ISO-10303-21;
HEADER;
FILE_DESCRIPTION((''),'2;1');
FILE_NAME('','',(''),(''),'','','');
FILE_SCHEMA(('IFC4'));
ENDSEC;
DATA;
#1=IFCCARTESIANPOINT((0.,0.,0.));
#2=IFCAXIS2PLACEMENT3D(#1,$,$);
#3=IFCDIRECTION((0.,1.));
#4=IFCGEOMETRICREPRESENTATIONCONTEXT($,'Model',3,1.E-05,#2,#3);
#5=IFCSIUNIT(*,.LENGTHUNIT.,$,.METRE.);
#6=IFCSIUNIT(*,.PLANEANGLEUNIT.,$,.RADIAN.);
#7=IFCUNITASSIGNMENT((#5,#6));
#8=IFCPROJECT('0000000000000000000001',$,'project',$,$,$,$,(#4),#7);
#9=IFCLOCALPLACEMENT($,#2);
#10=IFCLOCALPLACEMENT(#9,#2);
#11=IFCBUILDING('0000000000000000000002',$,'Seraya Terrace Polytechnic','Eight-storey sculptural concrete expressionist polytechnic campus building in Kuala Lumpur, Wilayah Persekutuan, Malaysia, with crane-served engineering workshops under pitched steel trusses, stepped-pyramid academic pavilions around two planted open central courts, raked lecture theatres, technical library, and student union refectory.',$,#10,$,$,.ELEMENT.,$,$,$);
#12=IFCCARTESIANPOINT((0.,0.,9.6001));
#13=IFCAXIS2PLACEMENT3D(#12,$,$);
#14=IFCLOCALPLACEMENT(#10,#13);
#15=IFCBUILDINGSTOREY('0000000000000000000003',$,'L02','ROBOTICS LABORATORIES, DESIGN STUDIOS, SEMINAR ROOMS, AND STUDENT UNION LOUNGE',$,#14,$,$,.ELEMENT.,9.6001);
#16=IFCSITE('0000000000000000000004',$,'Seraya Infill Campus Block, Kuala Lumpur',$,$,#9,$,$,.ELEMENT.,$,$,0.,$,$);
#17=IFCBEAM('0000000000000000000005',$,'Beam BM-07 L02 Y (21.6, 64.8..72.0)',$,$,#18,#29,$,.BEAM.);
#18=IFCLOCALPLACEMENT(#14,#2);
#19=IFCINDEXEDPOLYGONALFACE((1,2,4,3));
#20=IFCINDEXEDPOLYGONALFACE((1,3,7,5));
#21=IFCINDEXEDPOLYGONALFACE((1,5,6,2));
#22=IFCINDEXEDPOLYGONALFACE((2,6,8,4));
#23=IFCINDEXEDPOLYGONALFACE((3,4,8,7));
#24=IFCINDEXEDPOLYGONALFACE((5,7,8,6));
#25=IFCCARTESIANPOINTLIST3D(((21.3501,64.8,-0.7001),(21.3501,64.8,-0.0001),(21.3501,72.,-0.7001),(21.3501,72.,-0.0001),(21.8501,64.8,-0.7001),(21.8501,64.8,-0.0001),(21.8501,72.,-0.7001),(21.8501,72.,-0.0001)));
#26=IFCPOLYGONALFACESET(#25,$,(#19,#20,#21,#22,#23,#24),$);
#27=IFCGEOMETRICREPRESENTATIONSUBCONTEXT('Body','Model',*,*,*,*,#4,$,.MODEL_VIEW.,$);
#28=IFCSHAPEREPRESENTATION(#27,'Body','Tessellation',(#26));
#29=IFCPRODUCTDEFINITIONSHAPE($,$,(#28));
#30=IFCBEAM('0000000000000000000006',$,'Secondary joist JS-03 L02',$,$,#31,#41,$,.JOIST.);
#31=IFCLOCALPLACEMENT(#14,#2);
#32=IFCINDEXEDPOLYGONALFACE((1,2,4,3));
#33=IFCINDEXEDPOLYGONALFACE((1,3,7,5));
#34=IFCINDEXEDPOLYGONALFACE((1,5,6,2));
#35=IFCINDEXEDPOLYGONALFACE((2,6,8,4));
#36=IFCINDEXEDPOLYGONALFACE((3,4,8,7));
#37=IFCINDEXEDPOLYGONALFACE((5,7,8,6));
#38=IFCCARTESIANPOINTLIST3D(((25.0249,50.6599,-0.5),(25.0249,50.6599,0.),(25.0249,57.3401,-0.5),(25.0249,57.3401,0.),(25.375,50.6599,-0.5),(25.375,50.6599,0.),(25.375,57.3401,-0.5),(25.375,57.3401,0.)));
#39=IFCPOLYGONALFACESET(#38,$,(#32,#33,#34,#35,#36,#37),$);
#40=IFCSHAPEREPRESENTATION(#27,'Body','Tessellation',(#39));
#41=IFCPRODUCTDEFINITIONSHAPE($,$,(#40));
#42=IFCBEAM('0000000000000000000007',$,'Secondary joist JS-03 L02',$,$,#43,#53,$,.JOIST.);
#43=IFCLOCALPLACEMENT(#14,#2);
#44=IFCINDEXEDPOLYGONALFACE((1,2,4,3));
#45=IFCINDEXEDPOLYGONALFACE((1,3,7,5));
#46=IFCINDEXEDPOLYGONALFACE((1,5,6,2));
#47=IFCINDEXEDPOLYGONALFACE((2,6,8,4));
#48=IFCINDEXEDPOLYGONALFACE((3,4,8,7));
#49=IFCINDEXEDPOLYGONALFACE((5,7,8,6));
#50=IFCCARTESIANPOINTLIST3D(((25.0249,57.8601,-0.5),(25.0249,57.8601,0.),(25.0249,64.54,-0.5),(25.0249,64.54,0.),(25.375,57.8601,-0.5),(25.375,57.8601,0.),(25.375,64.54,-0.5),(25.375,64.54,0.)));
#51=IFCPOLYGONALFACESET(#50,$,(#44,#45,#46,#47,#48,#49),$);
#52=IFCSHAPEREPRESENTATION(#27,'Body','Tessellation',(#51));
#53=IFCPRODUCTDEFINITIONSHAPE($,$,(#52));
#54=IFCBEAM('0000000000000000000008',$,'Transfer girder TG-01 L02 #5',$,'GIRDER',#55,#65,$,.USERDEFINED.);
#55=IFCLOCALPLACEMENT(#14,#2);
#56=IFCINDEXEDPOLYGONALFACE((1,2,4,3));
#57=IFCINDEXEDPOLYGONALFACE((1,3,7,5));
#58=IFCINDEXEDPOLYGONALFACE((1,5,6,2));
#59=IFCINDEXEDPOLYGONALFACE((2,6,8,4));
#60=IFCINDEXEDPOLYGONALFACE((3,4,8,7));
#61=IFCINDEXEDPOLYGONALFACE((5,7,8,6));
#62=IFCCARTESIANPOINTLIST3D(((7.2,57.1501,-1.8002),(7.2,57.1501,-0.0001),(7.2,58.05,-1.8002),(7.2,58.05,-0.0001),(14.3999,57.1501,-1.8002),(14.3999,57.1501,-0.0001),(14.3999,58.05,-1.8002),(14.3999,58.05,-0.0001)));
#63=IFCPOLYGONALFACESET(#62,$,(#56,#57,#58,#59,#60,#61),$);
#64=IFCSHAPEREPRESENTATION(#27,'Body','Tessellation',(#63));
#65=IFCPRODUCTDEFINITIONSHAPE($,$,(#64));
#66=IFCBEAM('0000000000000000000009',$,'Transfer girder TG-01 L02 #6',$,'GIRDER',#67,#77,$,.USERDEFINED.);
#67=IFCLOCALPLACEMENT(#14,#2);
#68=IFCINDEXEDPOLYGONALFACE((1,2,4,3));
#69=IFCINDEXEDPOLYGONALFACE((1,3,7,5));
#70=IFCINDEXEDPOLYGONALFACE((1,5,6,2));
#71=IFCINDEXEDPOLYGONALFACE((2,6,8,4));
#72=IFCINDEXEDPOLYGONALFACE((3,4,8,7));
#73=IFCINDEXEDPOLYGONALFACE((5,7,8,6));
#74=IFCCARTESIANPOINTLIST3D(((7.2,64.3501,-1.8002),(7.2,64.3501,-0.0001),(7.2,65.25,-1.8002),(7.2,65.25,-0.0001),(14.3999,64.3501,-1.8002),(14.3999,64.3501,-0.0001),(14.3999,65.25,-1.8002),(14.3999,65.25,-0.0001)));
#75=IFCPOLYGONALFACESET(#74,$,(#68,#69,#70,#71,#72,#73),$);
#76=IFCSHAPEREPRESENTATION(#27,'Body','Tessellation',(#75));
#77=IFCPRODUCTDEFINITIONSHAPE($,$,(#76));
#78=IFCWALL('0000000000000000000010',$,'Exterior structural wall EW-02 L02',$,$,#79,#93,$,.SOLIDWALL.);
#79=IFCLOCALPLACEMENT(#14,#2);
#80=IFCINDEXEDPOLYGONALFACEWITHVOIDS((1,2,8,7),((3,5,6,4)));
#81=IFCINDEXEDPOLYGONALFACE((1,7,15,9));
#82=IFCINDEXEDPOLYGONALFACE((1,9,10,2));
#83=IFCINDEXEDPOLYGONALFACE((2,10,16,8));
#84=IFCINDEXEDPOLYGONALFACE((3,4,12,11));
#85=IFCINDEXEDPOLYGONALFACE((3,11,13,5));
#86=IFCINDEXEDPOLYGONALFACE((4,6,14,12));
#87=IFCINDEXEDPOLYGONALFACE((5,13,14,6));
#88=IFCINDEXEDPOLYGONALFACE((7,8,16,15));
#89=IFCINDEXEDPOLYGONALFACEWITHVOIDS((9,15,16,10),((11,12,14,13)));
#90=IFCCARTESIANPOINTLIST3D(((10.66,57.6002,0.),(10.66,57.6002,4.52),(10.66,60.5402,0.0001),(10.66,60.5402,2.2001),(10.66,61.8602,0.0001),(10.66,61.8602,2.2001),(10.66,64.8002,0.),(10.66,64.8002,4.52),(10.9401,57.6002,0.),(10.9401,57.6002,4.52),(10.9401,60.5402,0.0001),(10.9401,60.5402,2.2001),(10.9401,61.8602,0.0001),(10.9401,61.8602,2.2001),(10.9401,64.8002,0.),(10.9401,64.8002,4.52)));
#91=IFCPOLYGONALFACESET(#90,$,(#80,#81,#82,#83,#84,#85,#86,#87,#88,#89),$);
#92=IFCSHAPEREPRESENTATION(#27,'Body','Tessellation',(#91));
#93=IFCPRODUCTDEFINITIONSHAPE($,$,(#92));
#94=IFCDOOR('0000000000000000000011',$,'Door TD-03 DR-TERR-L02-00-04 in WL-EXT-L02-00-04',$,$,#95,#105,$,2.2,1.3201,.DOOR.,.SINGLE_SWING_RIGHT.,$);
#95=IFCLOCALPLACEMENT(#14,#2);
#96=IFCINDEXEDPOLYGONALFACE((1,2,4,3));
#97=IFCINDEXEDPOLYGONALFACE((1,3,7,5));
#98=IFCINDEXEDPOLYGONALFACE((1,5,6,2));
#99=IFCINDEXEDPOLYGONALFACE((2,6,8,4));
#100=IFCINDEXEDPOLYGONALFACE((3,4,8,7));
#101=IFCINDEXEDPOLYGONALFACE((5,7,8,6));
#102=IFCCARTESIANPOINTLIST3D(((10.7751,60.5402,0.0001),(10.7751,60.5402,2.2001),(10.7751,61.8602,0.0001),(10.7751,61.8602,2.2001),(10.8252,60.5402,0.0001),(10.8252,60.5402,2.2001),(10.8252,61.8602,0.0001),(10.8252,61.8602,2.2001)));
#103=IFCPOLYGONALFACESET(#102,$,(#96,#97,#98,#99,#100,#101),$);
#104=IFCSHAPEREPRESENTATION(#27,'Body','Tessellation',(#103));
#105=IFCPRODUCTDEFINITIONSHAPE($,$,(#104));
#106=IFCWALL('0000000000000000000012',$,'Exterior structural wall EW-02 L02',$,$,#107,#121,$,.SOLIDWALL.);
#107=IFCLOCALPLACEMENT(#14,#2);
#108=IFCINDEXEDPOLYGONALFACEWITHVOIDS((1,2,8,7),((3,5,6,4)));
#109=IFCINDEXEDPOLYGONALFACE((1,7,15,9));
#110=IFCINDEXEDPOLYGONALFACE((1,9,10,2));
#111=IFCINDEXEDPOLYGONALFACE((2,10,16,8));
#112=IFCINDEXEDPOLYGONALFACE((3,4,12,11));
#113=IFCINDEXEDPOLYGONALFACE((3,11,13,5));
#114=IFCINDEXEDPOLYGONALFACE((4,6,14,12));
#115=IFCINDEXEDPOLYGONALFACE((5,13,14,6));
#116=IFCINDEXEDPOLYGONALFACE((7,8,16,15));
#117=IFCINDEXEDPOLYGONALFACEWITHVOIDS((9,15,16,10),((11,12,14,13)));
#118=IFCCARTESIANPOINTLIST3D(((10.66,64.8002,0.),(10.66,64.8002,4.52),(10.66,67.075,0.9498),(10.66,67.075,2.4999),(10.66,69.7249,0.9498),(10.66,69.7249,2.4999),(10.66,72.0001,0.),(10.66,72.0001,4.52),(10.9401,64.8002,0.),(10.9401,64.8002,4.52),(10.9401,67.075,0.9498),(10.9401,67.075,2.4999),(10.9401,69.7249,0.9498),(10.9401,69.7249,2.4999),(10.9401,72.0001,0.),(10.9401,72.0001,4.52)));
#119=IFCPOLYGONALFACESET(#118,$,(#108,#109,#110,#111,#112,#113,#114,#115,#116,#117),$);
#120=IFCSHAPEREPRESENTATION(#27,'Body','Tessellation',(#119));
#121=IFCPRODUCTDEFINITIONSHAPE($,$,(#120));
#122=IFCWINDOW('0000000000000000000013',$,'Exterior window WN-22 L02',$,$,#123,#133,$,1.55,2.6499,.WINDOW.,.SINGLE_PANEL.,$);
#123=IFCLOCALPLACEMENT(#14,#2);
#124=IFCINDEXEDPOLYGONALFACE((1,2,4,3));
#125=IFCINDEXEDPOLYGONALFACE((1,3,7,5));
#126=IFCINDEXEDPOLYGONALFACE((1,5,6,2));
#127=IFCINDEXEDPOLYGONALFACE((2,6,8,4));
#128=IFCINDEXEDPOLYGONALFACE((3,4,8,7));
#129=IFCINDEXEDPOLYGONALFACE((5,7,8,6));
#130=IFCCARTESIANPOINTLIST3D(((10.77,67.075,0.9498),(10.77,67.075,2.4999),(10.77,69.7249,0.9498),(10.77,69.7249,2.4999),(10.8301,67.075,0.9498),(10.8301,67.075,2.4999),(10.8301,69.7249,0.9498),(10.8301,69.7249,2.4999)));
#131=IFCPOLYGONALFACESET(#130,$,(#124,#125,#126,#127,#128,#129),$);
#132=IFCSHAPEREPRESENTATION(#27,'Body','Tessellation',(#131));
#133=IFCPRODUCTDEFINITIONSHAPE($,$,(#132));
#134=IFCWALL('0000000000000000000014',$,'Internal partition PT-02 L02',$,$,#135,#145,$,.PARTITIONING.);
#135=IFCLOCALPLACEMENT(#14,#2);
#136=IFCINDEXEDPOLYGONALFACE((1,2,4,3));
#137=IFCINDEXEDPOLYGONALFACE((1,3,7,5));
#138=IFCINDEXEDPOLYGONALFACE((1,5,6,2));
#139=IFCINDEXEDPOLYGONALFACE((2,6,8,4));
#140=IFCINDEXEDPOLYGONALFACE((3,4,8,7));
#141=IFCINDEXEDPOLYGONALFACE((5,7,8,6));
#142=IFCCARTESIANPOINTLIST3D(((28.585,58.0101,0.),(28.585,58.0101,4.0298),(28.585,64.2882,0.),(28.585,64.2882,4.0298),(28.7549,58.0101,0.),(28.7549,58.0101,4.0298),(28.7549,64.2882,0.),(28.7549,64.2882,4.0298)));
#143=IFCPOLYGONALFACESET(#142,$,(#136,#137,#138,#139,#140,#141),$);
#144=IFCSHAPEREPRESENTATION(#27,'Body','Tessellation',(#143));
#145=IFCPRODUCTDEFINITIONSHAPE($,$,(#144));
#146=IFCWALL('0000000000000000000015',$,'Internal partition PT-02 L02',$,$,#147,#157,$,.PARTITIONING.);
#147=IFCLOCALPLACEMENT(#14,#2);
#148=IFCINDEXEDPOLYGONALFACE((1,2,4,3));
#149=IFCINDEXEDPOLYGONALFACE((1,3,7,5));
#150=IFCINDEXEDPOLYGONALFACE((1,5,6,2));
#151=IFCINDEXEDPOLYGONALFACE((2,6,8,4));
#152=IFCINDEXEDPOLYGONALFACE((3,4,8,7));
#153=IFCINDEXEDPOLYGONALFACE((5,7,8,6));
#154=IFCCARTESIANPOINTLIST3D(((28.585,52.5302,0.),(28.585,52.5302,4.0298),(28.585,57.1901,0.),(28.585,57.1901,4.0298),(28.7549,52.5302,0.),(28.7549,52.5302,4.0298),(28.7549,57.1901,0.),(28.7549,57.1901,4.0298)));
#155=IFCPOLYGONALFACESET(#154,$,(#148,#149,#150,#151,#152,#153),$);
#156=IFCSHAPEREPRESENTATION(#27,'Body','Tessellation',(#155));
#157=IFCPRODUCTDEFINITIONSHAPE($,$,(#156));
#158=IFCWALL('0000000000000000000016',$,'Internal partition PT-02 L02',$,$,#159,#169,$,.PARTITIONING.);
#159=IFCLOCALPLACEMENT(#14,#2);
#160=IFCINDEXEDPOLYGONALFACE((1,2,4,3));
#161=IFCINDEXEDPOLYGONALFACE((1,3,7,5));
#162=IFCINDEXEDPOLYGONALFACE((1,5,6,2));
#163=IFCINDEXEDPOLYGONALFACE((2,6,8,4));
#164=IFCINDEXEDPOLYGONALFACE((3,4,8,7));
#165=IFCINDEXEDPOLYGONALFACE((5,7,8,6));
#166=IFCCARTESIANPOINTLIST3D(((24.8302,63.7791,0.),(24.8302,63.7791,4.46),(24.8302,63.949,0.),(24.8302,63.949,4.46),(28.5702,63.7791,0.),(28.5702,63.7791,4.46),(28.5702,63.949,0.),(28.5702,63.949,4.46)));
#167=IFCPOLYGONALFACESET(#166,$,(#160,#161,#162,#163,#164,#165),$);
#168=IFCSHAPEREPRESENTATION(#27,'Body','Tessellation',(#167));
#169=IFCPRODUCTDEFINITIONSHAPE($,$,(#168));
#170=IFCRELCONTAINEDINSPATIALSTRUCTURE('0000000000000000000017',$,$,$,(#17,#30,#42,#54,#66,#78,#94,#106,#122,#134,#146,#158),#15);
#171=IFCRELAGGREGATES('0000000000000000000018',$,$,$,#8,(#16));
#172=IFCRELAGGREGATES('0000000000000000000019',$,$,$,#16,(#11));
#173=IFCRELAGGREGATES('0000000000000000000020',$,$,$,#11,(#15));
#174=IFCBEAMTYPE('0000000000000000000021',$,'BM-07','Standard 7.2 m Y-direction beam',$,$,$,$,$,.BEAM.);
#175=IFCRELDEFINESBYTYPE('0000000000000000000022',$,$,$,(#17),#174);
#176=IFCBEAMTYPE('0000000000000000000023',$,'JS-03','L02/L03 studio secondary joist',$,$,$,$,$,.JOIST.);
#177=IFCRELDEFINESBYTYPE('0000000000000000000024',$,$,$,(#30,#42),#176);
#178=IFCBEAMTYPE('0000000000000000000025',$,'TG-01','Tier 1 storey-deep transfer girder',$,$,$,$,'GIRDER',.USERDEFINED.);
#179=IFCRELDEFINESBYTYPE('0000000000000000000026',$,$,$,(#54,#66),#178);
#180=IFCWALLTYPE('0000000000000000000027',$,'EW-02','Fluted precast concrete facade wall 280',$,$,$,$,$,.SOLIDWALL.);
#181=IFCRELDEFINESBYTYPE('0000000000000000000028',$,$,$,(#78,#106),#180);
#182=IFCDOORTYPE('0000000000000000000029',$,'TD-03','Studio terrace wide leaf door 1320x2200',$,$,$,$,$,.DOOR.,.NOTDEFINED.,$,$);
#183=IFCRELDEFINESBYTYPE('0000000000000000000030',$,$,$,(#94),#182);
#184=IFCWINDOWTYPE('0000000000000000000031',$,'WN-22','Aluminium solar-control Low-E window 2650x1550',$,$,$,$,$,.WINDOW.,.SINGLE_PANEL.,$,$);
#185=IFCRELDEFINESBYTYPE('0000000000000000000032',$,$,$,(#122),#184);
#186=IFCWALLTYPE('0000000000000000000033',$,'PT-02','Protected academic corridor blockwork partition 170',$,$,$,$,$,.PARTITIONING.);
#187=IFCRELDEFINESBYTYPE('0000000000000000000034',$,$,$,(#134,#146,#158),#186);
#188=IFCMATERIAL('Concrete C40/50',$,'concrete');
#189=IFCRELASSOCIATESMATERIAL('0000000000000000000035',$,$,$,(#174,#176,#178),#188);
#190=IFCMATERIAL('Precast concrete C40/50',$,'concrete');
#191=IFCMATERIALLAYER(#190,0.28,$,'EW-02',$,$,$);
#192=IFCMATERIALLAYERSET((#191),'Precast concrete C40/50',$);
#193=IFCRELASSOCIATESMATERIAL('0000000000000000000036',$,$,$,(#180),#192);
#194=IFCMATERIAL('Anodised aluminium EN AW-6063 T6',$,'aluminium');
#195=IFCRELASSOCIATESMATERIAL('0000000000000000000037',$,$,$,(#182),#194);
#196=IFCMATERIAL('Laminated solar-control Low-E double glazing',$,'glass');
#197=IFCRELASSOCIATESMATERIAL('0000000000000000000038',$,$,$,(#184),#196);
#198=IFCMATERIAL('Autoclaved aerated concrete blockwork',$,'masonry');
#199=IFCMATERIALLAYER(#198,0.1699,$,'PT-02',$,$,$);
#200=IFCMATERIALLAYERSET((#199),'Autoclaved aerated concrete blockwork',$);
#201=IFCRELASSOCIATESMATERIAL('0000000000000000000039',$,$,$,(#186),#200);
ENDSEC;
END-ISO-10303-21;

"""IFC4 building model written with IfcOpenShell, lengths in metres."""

from ifc_helpers import new_model, si_unit, direction, frame, frame_2d, origin, origin_2d, place, context, subcontext, project, spatial, rectangle, extrude, material, layer, layer_set, material_profile, profile_set, type_object, element, fill, save


model = new_model("IFC4")

# Units and contexts
model_context = context("Model", 3, precision=1e-05, world=origin(), true_north=direction((0.0, 1.0)))
body_context = subcontext(model_context, "Body", "Model", "MODEL_VIEW")
ifc_project = project(units=[si_unit("LENGTHUNIT", "METRE"), si_unit("PLANEANGLEUNIT", "RADIAN")], contexts=[model_context])

# Site, building, storey
site_placement = place(None, origin())
site = spatial("IfcSite", under=ifc_project, at=site_placement, Name="Seraya Infill Campus Block, Kuala Lumpur", CompositionType="ELEMENT", RefElevation=0.0)
building_placement = place(site_placement, origin())
building = spatial("IfcBuilding", under=site, at=building_placement, Name="Seraya Terrace Polytechnic", Description="Eight-storey sculptural concrete expressionist polytechnic campus building in Kuala Lumpur, Wilayah Persekutuan, Malaysia, with crane-served engineering workshops under pitched steel trusses, stepped-pyramid academic pavilions around two planted open central courts, raked lecture theatres, technical library, and student union refectory.", CompositionType="ELEMENT")
storey_placement = place(building_placement, frame((0.0, 0.0, 9.6001)))
storey = spatial("IfcBuildingStorey", under=building, at=storey_placement, Name="L02", Description="ROBOTICS LABORATORIES, DESIGN STUDIOS, SEMINAR ROOMS, AND STUDENT UNION LOUNGE", CompositionType="ELEMENT", Elevation=9.6001)

# Shared definitions
ifc_material_1 = material(Name="Concrete C40/50", Category="concrete")

# Beams
ifc_material_profile_1 = material_profile(ifc_material_1, rectangle(XDim=0.5, YDim=0.7, at=origin_2d()), Name="RC 500x700")
ifc_profile_set_1 = profile_set([ifc_material_profile_1], Name="Concrete C40/50")
beam_type_1 = type_object("IfcBeamType", Name="BM-07", Description="Standard 7.2 m Y-direction beam", PredefinedType="BEAM", material=ifc_profile_set_1)
for number, where, z_axis, x_axis, name in (
    (1, (21.6001, 64.8, -0.3501), (0.0, 1.0, 0.0), (-1.0, 0.0, 0.0), "Beam BM-07 L02 Y (21.6, 64.8..72.0)"),
):
    element("IfcBeam", number, at=place(storey_placement, frame(where, z_axis=z_axis, x_axis=x_axis)), inside=storey, type_object=beam_type_1, Name=name, PredefinedType="BEAM", context=body_context, shape_type="SweptSolid", body=[
        extrude(rectangle(XDim=0.5, YDim=0.7, at=origin_2d()), origin(), (0.0, 0.0, 1.0), 7.2),
    ])
ifc_material_profile_2 = material_profile(ifc_material_1, rectangle(XDim=0.3501, YDim=0.5, at=origin_2d()), Name="RC 350x500")
ifc_profile_set_2 = profile_set([ifc_material_profile_2], Name="Concrete C40/50")
beam_type_2 = type_object("IfcBeamType", Name="JS-03", Description="L02/L03 studio secondary joist", PredefinedType="JOIST", material=ifc_profile_set_2)
beam_1_placement = place(storey_placement, frame((25.2, 50.6599, -0.25), z_axis=(0.0, 1.0, 0.0), x_axis=(-1.0, 0.0, 0.0)))
element("IfcBeam", 2, at=beam_1_placement, inside=storey, type_object=beam_type_2, Name="Secondary joist JS-03 L02", PredefinedType="JOIST", context=body_context, shape_type="SweptSolid", body=[
    extrude(rectangle(XDim=0.3501, YDim=0.5, at=origin_2d()), origin(), (0.0, 0.0, 1.0), 6.6802),
])
beam_2_placement = place(storey_placement, frame((25.2, 57.8601, -0.25), z_axis=(0.0, 1.0, 0.0), x_axis=(-1.0, 0.0, 0.0)))
element("IfcBeam", 3, at=beam_2_placement, inside=storey, type_object=beam_type_2, Name="Secondary joist JS-03 L02", PredefinedType="JOIST", context=body_context, shape_type="SweptSolid", body=[
    extrude(rectangle(XDim=0.3501, YDim=0.5, at=origin_2d()), origin(), (0.0, 0.0, 1.0), 6.6799),
])
ifc_material_profile_3 = material_profile(ifc_material_1, rectangle(XDim=0.8999, YDim=1.8, at=origin_2d()), Name="RC 900x1800")
ifc_profile_set_3 = profile_set([ifc_material_profile_3], Name="Concrete C40/50")
beam_type_3 = type_object("IfcBeamType", Name="TG-01", Description="Tier 1 storey-deep transfer girder", ElementType="GIRDER", PredefinedType="USERDEFINED", material=ifc_profile_set_3)
for number, where, z_axis, x_axis, name in (
    (4, (7.2, 57.6001, -0.9001), (1.0, 0.0, 0.0), (0.0, 1.0, 0.0), "Transfer girder TG-01 L02 #5"),
    (5, (7.2, 64.8, -0.9001), (1.0, 0.0, 0.0), (0.0, 1.0, 0.0), "Transfer girder TG-01 L02 #6"),
):
    element("IfcBeam", number, at=place(storey_placement, frame(where, z_axis=z_axis, x_axis=x_axis)), inside=storey, type_object=beam_type_3, Name=name, ObjectType="GIRDER", PredefinedType="USERDEFINED", context=body_context, shape_type="SweptSolid", body=[
        extrude(rectangle(XDim=0.8999, YDim=1.8, at=origin_2d()), origin(), (0.0, 0.0, 1.0), 7.2),
    ])

# Wall, opening, door
ifc_material_2 = material(Name="Precast concrete C40/50", Category="concrete")
ifc_layer_1 = layer(ifc_material_2, 0.28, Name="EW-02")
ifc_layer_set_1 = layer_set([ifc_layer_1], Name="Precast concrete C40/50")
wall_type_1 = type_object("IfcWallType", Name="EW-02", Description="Fluted precast concrete facade wall 280", PredefinedType="SOLIDWALL", material=ifc_layer_set_1)
wall_1_placement = place(storey_placement, frame((10.8, 57.6001, 0.0), z_axis=(0.0, 0.0, 1.0), x_axis=(0.0, 1.0, 0.0)))
wall_1 = element("IfcWall", 6, at=wall_1_placement, inside=storey, type_object=wall_type_1, Name="Exterior structural wall EW-02 L02", PredefinedType="SOLIDWALL", context=body_context, shape_type="SweptSolid", body=[
    extrude(rectangle(XDim=7.2, YDim=0.28, at=frame_2d((3.6001, 0.0))), origin(), (0.0, 0.0, 1.0), 4.52),
])
opening_1_placement = place(wall_1_placement, frame((2.9399, 0.0, 0.0)))
opening_1 = element("IfcOpeningElement", 7, at=opening_1_placement, cuts=wall_1, PredefinedType="OPENING", context=body_context, shape_type="SweptSolid", body=[
    extrude(rectangle(XDim=1.3201, YDim=2.2, at=frame_2d((0.6602, 1.1001))), frame((0.0, 0.1519, 0.0), z_axis=(0.0, -1.0, 0.0), x_axis=(1.0, 0.0, 0.0)), (0.0, 0.0, 1.0), 0.304),
])
ifc_material_3 = material(Name="Anodised aluminium EN AW-6063 T6", Category="aluminium")
door_type_1 = type_object("IfcDoorType", Name="TD-03", Description="Studio terrace wide leaf door 1320x2200", OperationType="NOTDEFINED", PredefinedType="DOOR", material=ifc_material_3)
door_1_placement = place(opening_1_placement, origin())
door_1 = element("IfcDoor", 8, at=door_1_placement, inside=storey, type_object=door_type_1, Name="Door TD-03 DR-TERR-L02-00-04 in WL-EXT-L02-00-04", OperationType="SINGLE_SWING_RIGHT", OverallHeight=2.2, OverallWidth=1.3201, PredefinedType="DOOR", context=body_context, shape_type="SweptSolid", body=[
    extrude(rectangle(XDim=1.3201, YDim=2.2, at=frame_2d((0.6602, 1.1001))), frame((0.0, 0.0249, 0.0), z_axis=(0.0, -1.0, 0.0), x_axis=(1.0, 0.0, 0.0)), (0.0, 0.0, 1.0), 0.05),
])
fill(opening_1, door_1)

# Wall, opening, window
wall_2_placement = place(storey_placement, frame((10.8, 64.8, 0.0), z_axis=(0.0, 0.0, 1.0), x_axis=(0.0, 1.0, 0.0)))
wall_2 = element("IfcWall", 9, at=wall_2_placement, inside=storey, type_object=wall_type_1, Name="Exterior structural wall EW-02 L02", PredefinedType="SOLIDWALL", context=body_context, shape_type="SweptSolid", body=[
    extrude(rectangle(XDim=7.2, YDim=0.28, at=frame_2d((3.6001, 0.0))), origin(), (0.0, 0.0, 1.0), 4.52),
])
opening_2_placement = place(wall_2_placement, frame((2.2749, 0.0, 0.95)))
opening_2 = element("IfcOpeningElement", 10, at=opening_2_placement, cuts=wall_2, PredefinedType="OPENING", context=body_context, shape_type="SweptSolid", body=[
    extrude(rectangle(XDim=2.6499, YDim=1.55, at=frame_2d((1.325, 0.7749))), frame((0.0, 0.1519, 0.0), z_axis=(0.0, -1.0, 0.0), x_axis=(1.0, 0.0, 0.0)), (0.0, 0.0, 1.0), 0.304),
])
ifc_material_4 = material(Name="Laminated solar-control Low-E double glazing", Category="glass")
window_type = type_object("IfcWindowType", Name="WN-22", Description="Aluminium solar-control Low-E window 2650x1550", PartitioningType="SINGLE_PANEL", PredefinedType="WINDOW", material=ifc_material_4)
window_placement = place(opening_2_placement, origin())
window = element("IfcWindow", 11, at=window_placement, inside=storey, type_object=window_type, Name="Exterior window WN-22 L02", OverallHeight=1.55, OverallWidth=2.6499, PartitioningType="SINGLE_PANEL", PredefinedType="WINDOW", context=body_context, shape_type="SweptSolid", body=[
    extrude(rectangle(XDim=2.6499, YDim=1.55, at=frame_2d((1.325, 0.7749))), frame((0.0, 0.03, 0.0), z_axis=(0.0, -1.0, 0.0), x_axis=(1.0, 0.0, 0.0)), (0.0, 0.0, 1.0), 0.0601),
])
fill(opening_2, window)

# Walls
ifc_material_5 = material(Name="Autoclaved aerated concrete blockwork", Category="masonry")
ifc_layer_2 = layer(ifc_material_5, 0.1699, Name="PT-02")
ifc_layer_set_2 = layer_set([ifc_layer_2], Name="Autoclaved aerated concrete blockwork")
wall_type_2 = type_object("IfcWallType", Name="PT-02", Description="Protected academic corridor blockwork partition 170", PredefinedType="PARTITIONING", material=ifc_layer_set_2)
wall_3_placement = place(storey_placement, frame((28.6699, 58.01, 0.0), z_axis=(0.0, 0.0, 1.0), x_axis=(0.0, 1.0, 0.0)))
element("IfcWall", 12, at=wall_3_placement, inside=storey, type_object=wall_type_2, Name="Internal partition PT-02 L02", PredefinedType="PARTITIONING", context=body_context, shape_type="SweptSolid", body=[
    extrude(rectangle(XDim=6.2781, YDim=0.1699, at=frame_2d((3.1392, 0.0))), origin(), (0.0, 0.0, 1.0), 4.0298),
])
wall_4_placement = place(storey_placement, frame((28.6699, 52.53, 0.0), z_axis=(0.0, 0.0, 1.0), x_axis=(0.0, 1.0, 0.0)))
element("IfcWall", 13, at=wall_4_placement, inside=storey, type_object=wall_type_2, Name="Internal partition PT-02 L02", PredefinedType="PARTITIONING", context=body_context, shape_type="SweptSolid", body=[
    extrude(rectangle(XDim=4.6599, YDim=0.1699, at=frame_2d((2.3301, 0.0))), origin(), (0.0, 0.0, 1.0), 4.0298),
])
wall_5_placement = place(storey_placement, frame((24.8301, 63.864, 0.0), z_axis=(0.0, 0.0, 1.0), x_axis=(1.0, 0.0, 0.0)))
element("IfcWall", 14, at=wall_5_placement, inside=storey, type_object=wall_type_2, Name="Internal partition PT-02 L02", PredefinedType="PARTITIONING", context=body_context, shape_type="SweptSolid", body=[
    extrude(rectangle(XDim=3.74, YDim=0.1699, at=frame_2d((1.8701, 0.0))), origin(), (0.0, 0.0, 1.0), 4.46),
])

save(model, "model.ifc")
